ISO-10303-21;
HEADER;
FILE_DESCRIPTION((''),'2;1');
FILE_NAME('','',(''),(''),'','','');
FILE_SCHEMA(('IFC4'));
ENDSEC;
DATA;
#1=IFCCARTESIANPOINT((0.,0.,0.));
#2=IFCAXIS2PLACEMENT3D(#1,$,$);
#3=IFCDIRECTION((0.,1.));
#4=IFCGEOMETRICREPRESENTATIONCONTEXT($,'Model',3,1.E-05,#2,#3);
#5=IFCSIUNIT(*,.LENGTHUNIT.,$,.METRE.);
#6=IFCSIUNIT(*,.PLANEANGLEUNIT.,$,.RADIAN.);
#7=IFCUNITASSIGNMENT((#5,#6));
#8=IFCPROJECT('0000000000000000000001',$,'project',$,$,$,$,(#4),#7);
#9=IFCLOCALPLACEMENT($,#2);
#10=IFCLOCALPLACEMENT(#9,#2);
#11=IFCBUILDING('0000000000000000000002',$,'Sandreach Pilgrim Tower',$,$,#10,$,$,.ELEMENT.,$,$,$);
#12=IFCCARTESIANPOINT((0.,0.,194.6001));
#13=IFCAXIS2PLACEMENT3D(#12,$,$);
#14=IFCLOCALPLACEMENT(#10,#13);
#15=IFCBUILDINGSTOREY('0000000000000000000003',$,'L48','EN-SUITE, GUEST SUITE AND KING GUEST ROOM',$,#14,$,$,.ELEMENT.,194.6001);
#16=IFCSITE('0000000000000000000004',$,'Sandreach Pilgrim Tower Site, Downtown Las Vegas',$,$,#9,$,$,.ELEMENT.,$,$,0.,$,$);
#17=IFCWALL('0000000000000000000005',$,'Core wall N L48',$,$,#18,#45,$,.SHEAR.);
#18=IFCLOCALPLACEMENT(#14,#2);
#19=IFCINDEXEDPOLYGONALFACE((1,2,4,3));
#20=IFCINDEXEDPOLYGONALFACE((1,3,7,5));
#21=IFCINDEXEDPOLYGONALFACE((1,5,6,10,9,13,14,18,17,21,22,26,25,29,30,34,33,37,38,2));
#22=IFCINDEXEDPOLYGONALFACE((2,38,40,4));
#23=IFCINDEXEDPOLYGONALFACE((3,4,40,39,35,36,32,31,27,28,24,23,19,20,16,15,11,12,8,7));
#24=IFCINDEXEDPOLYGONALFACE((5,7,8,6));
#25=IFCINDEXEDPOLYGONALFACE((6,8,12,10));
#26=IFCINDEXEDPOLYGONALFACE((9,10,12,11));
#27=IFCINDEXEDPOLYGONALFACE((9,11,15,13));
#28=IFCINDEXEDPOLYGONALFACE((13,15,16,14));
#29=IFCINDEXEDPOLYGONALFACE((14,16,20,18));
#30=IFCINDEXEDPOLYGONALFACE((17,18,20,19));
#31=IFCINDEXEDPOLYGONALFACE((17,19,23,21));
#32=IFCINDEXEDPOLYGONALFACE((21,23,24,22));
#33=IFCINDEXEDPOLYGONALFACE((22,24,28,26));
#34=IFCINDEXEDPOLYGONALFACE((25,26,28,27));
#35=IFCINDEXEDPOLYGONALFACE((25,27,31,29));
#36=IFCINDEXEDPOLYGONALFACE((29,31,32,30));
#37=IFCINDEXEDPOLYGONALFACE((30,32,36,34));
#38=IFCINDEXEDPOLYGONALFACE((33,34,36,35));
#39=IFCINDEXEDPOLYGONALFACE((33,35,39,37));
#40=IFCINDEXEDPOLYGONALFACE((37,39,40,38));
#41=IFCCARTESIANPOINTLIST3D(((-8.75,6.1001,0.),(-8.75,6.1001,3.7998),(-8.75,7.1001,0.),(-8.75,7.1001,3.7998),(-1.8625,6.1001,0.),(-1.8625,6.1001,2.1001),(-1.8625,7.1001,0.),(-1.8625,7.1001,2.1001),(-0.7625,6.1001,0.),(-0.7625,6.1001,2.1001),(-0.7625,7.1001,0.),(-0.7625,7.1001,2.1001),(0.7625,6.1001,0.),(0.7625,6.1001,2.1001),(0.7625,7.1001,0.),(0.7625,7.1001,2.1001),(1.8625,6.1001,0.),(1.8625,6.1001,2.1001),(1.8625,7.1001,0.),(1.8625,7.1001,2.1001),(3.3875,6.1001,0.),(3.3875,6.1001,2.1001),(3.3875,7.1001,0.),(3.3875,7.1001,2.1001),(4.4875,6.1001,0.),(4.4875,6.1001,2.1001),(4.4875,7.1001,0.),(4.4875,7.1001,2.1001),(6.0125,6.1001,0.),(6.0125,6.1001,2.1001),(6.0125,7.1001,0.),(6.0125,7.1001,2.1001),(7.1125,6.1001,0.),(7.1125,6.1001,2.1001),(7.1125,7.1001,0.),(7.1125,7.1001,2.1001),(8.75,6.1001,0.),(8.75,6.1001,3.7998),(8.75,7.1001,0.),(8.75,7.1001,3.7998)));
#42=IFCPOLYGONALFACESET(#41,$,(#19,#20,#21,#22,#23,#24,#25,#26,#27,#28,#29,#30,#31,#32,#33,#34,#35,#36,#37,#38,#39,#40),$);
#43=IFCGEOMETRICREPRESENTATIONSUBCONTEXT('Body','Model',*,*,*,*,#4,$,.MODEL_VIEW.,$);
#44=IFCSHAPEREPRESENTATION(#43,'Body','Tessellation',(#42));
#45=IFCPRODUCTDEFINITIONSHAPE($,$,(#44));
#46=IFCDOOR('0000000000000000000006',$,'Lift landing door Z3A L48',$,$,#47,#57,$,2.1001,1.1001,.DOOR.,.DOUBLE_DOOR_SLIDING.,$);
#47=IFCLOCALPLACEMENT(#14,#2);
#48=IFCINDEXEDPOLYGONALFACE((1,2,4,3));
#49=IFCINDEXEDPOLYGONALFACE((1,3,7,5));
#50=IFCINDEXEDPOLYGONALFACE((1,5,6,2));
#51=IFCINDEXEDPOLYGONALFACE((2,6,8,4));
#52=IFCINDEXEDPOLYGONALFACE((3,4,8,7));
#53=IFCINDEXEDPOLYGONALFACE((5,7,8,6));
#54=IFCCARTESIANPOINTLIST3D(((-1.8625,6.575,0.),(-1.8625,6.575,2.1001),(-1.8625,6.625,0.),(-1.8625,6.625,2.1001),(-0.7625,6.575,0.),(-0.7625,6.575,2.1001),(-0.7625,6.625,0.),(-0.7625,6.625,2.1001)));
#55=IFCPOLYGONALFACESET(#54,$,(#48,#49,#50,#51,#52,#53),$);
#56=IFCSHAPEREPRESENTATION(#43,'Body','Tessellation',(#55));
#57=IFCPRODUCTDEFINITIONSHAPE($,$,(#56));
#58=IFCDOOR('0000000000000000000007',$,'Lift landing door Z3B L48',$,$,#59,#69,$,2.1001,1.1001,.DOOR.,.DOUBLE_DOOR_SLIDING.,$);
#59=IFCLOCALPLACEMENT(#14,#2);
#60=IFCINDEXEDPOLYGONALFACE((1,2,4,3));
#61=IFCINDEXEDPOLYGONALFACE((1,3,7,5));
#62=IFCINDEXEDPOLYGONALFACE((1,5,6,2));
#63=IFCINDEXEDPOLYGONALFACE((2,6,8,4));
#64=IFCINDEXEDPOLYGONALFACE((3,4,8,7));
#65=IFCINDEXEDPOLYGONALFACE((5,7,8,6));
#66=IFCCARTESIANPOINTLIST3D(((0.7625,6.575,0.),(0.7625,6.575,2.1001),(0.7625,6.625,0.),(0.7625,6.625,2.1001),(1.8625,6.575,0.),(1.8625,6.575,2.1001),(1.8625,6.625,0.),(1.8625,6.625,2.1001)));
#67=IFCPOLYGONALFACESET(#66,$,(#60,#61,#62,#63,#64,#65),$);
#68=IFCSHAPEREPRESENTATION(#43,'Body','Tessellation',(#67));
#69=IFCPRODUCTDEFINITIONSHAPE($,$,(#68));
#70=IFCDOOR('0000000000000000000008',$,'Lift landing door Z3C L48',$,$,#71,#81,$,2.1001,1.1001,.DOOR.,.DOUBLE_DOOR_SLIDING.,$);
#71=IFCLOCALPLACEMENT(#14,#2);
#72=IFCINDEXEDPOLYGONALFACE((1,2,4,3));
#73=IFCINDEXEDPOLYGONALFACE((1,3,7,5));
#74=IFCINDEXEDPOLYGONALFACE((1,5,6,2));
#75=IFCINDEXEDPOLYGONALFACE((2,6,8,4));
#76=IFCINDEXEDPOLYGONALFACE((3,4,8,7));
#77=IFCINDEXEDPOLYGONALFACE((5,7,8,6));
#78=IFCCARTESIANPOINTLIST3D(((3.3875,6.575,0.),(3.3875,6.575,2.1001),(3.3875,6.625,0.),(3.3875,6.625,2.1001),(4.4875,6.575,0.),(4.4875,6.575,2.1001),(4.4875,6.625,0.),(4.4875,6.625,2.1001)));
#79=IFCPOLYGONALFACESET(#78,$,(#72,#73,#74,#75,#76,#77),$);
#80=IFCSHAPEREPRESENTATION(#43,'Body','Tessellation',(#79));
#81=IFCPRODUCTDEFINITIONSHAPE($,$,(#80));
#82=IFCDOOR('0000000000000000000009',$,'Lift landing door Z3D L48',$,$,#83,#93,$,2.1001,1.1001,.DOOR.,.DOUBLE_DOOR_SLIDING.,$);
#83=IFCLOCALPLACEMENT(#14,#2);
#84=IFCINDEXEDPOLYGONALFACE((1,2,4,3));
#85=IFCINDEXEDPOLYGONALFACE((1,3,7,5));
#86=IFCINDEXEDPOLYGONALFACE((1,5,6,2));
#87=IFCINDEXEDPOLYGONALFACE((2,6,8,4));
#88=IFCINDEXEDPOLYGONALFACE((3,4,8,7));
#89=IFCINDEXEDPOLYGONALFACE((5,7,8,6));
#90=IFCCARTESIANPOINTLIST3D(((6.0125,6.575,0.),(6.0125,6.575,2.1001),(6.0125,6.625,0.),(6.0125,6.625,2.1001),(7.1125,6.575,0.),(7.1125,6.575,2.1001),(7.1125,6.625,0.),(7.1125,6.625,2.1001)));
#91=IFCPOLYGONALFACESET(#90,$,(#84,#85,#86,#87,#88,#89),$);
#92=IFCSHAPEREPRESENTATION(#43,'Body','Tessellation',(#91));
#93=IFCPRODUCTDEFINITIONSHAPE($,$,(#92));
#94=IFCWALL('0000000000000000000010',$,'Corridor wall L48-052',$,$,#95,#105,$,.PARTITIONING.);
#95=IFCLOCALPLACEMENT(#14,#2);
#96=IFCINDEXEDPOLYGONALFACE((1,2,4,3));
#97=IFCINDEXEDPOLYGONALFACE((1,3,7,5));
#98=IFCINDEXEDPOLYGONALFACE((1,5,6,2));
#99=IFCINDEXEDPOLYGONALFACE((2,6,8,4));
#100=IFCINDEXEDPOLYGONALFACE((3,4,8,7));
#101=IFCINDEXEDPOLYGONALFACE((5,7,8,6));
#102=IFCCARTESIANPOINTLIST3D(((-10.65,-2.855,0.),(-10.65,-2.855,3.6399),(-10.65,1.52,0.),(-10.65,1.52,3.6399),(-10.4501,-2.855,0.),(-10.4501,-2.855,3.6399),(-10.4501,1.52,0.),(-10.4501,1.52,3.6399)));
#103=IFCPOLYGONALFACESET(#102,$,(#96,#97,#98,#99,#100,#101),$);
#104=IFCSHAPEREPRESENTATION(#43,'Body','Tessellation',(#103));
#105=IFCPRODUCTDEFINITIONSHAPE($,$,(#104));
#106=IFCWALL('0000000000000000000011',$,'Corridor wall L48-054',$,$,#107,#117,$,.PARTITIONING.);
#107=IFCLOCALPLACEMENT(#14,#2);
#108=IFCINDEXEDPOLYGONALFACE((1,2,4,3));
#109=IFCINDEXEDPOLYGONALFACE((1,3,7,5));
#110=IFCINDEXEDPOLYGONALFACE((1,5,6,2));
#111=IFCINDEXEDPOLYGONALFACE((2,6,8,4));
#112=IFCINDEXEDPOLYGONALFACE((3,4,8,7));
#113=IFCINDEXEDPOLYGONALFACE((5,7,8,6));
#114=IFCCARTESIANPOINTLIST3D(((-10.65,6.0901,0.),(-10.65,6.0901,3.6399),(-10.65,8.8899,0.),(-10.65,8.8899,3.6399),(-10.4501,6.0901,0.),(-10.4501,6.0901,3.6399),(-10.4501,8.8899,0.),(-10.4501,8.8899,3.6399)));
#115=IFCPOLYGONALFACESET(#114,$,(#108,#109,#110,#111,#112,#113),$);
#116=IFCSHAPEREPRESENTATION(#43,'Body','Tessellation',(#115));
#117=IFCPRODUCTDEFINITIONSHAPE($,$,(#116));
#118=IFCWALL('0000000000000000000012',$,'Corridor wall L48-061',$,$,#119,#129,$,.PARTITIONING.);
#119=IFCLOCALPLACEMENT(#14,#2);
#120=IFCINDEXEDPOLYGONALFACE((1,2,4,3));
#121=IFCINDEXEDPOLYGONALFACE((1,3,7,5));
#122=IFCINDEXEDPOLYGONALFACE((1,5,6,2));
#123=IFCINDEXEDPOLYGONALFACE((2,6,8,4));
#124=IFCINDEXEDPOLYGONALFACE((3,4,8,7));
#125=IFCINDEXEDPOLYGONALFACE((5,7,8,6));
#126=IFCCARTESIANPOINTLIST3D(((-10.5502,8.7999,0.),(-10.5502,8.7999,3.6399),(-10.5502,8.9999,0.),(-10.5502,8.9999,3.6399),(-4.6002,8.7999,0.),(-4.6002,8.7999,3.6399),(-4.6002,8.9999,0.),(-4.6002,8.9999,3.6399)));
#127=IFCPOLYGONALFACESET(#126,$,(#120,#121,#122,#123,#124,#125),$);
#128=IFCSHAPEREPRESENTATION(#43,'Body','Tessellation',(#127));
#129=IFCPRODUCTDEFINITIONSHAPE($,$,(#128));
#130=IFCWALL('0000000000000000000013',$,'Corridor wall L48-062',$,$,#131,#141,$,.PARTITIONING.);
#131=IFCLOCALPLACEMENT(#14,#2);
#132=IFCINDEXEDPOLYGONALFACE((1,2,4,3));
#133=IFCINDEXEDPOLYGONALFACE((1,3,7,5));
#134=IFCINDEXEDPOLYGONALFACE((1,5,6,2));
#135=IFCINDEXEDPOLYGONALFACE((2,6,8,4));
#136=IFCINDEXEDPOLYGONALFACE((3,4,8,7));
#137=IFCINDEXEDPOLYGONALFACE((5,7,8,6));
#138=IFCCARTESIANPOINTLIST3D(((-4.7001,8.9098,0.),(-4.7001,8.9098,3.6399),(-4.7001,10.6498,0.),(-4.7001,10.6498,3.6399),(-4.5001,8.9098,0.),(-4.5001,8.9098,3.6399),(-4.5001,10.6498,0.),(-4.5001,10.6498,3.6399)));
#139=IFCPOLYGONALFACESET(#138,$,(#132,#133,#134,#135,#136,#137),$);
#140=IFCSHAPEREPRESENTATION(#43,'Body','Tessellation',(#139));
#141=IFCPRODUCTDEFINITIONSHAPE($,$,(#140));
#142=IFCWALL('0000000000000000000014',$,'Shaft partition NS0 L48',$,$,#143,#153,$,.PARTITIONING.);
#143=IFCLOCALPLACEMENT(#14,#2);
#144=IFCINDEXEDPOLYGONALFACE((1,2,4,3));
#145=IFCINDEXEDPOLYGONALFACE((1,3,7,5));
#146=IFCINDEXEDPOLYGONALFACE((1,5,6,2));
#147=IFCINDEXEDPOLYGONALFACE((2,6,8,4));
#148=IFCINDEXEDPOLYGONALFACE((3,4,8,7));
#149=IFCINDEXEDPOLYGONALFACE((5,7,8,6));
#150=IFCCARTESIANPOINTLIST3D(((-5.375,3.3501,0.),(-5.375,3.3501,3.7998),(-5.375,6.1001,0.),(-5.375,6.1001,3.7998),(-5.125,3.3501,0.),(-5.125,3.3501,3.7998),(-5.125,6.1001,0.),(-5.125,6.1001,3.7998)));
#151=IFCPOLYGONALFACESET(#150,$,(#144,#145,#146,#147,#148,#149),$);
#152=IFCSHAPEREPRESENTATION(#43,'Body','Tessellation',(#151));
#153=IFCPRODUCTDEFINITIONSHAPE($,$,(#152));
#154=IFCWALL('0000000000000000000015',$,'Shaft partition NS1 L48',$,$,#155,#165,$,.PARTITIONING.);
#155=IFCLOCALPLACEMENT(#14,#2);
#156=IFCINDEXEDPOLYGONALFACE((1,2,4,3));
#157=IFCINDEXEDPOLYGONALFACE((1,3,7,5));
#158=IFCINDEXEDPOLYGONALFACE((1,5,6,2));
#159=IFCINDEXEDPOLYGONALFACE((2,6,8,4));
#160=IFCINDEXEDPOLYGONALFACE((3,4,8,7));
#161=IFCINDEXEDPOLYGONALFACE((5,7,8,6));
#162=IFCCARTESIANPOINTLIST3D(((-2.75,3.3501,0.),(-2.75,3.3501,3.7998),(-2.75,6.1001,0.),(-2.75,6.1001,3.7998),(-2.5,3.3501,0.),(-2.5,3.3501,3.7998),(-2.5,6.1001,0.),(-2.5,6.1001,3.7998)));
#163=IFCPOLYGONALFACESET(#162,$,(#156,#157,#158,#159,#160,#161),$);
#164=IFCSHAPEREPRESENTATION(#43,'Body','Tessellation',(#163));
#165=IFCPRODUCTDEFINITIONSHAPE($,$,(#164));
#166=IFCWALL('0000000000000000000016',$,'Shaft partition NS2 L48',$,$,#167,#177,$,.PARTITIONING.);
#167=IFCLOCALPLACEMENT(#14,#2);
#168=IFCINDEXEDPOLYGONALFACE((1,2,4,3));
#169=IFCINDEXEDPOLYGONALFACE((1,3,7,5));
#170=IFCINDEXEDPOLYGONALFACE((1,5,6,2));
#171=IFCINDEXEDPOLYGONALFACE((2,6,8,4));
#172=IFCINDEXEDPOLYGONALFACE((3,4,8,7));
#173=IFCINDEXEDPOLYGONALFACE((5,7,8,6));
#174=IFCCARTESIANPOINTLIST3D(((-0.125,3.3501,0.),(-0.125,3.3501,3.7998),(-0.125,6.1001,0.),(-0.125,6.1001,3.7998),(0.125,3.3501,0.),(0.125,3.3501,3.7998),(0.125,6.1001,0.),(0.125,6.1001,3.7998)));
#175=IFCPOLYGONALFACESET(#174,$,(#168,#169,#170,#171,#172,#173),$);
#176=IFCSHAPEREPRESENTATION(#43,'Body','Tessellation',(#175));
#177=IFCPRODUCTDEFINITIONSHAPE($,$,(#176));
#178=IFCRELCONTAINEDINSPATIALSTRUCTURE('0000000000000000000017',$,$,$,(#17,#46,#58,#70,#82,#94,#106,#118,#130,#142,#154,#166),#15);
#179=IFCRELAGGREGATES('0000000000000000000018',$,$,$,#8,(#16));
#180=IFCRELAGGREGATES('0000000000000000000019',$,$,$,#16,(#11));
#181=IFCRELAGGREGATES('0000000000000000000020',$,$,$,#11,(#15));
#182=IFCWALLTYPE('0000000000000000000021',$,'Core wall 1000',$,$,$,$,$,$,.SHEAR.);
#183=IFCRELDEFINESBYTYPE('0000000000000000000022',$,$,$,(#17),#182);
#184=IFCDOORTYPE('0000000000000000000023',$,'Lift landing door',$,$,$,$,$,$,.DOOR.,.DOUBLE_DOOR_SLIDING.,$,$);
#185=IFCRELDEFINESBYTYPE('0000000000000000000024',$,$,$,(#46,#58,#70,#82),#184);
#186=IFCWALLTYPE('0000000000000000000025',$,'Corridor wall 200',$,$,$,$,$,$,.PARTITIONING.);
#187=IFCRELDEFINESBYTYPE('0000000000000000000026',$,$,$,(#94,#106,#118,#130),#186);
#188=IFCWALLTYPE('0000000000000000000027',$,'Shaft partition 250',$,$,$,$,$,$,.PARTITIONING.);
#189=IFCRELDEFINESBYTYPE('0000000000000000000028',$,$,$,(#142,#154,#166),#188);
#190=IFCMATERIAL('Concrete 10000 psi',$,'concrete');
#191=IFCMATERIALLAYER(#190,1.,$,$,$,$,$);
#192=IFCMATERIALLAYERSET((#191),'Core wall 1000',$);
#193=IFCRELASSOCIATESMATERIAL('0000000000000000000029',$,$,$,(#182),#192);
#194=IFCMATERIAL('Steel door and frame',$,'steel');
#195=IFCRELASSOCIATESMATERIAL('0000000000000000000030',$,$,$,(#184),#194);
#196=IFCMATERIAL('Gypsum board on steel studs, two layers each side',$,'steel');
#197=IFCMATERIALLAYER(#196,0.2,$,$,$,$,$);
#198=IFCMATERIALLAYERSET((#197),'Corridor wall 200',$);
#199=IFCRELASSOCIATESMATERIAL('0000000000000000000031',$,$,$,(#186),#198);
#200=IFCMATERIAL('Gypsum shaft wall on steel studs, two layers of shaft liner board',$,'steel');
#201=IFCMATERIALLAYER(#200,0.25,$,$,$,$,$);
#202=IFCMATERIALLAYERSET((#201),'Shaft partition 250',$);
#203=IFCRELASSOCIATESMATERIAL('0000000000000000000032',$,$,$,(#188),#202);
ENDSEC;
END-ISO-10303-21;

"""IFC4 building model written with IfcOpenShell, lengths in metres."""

from ifc_helpers import new_model, si_unit, direction, frame, frame_2d, origin, place, context, subcontext, project, spatial, rectangle, extrude, material, layer, layer_set, type_object, element, fill, save


model = new_model("IFC4")

# Units and contexts
model_context = context("Model", 3, precision=1e-05, world=origin(), true_north=direction((0.0, 1.0)))
body_context = subcontext(model_context, "Body", "Model", "MODEL_VIEW")
ifc_project = project(units=[si_unit("LENGTHUNIT", "METRE"), si_unit("PLANEANGLEUNIT", "RADIAN")], contexts=[model_context])

# Site, building, storey
site_placement = place(None, origin())
site = spatial("IfcSite", under=ifc_project, at=site_placement, Name="Sandreach Pilgrim Tower Site, Downtown Las Vegas", CompositionType="ELEMENT", RefElevation=0.0)
building_placement = place(site_placement, origin())
building = spatial("IfcBuilding", under=site, at=building_placement, Name="Sandreach Pilgrim Tower", CompositionType="ELEMENT")
storey_placement = place(building_placement, frame((0.0, 0.0, 194.6001)))
storey = spatial("IfcBuildingStorey", under=building, at=storey_placement, Name="L48", Description="EN-SUITE, GUEST SUITE AND KING GUEST ROOM", CompositionType="ELEMENT", Elevation=194.6001)

# Wall, openings, doors
ifc_material_1 = material(Name="Concrete 10000 psi", Category="concrete")
ifc_layer_1 = layer(ifc_material_1, 1.0)
ifc_layer_set_1 = layer_set([ifc_layer_1], Name="Core wall 1000")
wall_type_1 = type_object("IfcWallType", Name="Core wall 1000", PredefinedType="SHEAR", material=ifc_layer_set_1)
wall_1_placement = place(storey_placement, frame((-8.75, 6.6001, 0.0), z_axis=(0.0, 0.0, 1.0), x_axis=(1.0, 0.0, 0.0)))
wall_1 = element("IfcWall", 1, at=wall_1_placement, inside=storey, type_object=wall_type_1, Name="Core wall N L48", PredefinedType="SHEAR", context=body_context, shape_type="SweptSolid", body=[
    extrude(rectangle(XDim=17.5, YDim=1.0, at=frame_2d((8.75, 0.0))), origin(), (0.0, 0.0, 1.0), 3.7998),
])
opening_1_placement = place(wall_1_placement, frame((6.8875, 0.0, 0.0)))
opening_1 = element("IfcOpeningElement", 2, at=opening_1_placement, cuts=wall_1, PredefinedType="OPENING", context=body_context, shape_type="SweptSolid", body=[
    extrude(rectangle(XDim=1.1001, YDim=2.1001, at=frame_2d((0.55, 1.05))), frame((0.0, 0.5, 0.0), z_axis=(0.0, -1.0, 0.0), x_axis=(1.0, 0.0, 0.0)), (0.0, 0.0, 1.0), 1.0),
])
opening_2_placement = place(wall_1_placement, frame((9.5125, 0.0, 0.0)))
opening_2 = element("IfcOpeningElement", 3, at=opening_2_placement, cuts=wall_1, PredefinedType="OPENING", context=body_context, shape_type="SweptSolid", body=[
    extrude(rectangle(XDim=1.1001, YDim=2.1001, at=frame_2d((0.55, 1.05))), frame((0.0, 0.5, 0.0), z_axis=(0.0, -1.0, 0.0), x_axis=(1.0, 0.0, 0.0)), (0.0, 0.0, 1.0), 1.0),
])
opening_3_placement = place(wall_1_placement, frame((12.1375, 0.0, 0.0)))
opening_3 = element("IfcOpeningElement", 4, at=opening_3_placement, cuts=wall_1, PredefinedType="OPENING", context=body_context, shape_type="SweptSolid", body=[
    extrude(rectangle(XDim=1.1001, YDim=2.1001, at=frame_2d((0.55, 1.05))), frame((0.0, 0.5, 0.0), z_axis=(0.0, -1.0, 0.0), x_axis=(1.0, 0.0, 0.0)), (0.0, 0.0, 1.0), 1.0),
])
opening_4_placement = place(wall_1_placement, frame((14.7625, 0.0, 0.0)))
opening_4 = element("IfcOpeningElement", 5, at=opening_4_placement, cuts=wall_1, PredefinedType="OPENING", context=body_context, shape_type="SweptSolid", body=[
    extrude(rectangle(XDim=1.1001, YDim=2.1001, at=frame_2d((0.55, 1.05))), frame((0.0, 0.5, 0.0), z_axis=(0.0, -1.0, 0.0), x_axis=(1.0, 0.0, 0.0)), (0.0, 0.0, 1.0), 1.0),
])
ifc_material_2 = material(Name="Steel door and frame", Category="steel")
door_type_1 = type_object("IfcDoorType", Name="Lift landing door", OperationType="DOUBLE_DOOR_SLIDING", PredefinedType="DOOR", material=ifc_material_2)
door_1_placement = place(opening_1_placement, origin())
door_1 = element("IfcDoor", 6, at=door_1_placement, inside=storey, type_object=door_type_1, Name="Lift landing door Z3A L48", OperationType="DOUBLE_DOOR_SLIDING", OverallHeight=2.1001, OverallWidth=1.1001, PredefinedType="DOOR", context=body_context, shape_type="SweptSolid", body=[
    extrude(rectangle(XDim=1.1001, YDim=2.1001, at=frame_2d((0.55, 1.05))), frame((0.0, 0.0249, 0.0), z_axis=(0.0, -1.0, 0.0), x_axis=(1.0, 0.0, 0.0)), (0.0, 0.0, 1.0), 0.05),
])
fill(opening_1, door_1)
door_2_placement = place(opening_2_placement, origin())
door_2 = element("IfcDoor", 7, at=door_2_placement, inside=storey, type_object=door_type_1, Name="Lift landing door Z3B L48", OperationType="DOUBLE_DOOR_SLIDING", OverallHeight=2.1001, OverallWidth=1.1001, PredefinedType="DOOR", context=body_context, shape_type="SweptSolid", body=[
    extrude(rectangle(XDim=1.1001, YDim=2.1001, at=frame_2d((0.55, 1.05))), frame((0.0, 0.0249, 0.0), z_axis=(0.0, -1.0, 0.0), x_axis=(1.0, 0.0, 0.0)), (0.0, 0.0, 1.0), 0.05),
])
fill(opening_2, door_2)
door_3_placement = place(opening_3_placement, origin())
door_3 = element("IfcDoor", 8, at=door_3_placement, inside=storey, type_object=door_type_1, Name="Lift landing door Z3C L48", OperationType="DOUBLE_DOOR_SLIDING", OverallHeight=2.1001, OverallWidth=1.1001, PredefinedType="DOOR", context=body_context, shape_type="SweptSolid", body=[
    extrude(rectangle(XDim=1.1001, YDim=2.1001, at=frame_2d((0.55, 1.05))), frame((0.0, 0.0249, 0.0), z_axis=(0.0, -1.0, 0.0), x_axis=(1.0, 0.0, 0.0)), (0.0, 0.0, 1.0), 0.05),
])
fill(opening_3, door_3)
door_4_placement = place(opening_4_placement, origin())
door_4 = element("IfcDoor", 9, at=door_4_placement, inside=storey, type_object=door_type_1, Name="Lift landing door Z3D L48", OperationType="DOUBLE_DOOR_SLIDING", OverallHeight=2.1001, OverallWidth=1.1001, PredefinedType="DOOR", context=body_context, shape_type="SweptSolid", body=[
    extrude(rectangle(XDim=1.1001, YDim=2.1001, at=frame_2d((0.55, 1.05))), frame((0.0, 0.0249, 0.0), z_axis=(0.0, -1.0, 0.0), x_axis=(1.0, 0.0, 0.0)), (0.0, 0.0, 1.0), 0.05),
])
fill(opening_4, door_4)

# Wall
ifc_material_3 = material(Name="Gypsum board on steel studs, two layers each side", Category="steel")
ifc_layer_2 = layer(ifc_material_3, 0.2)
ifc_layer_set_2 = layer_set([ifc_layer_2], Name="Corridor wall 200")
wall_type_2 = type_object("IfcWallType", Name="Corridor wall 200", PredefinedType="PARTITIONING", material=ifc_layer_set_2)
wall_2_placement = place(storey_placement, frame((-10.55, 1.52, 0.0), z_axis=(0.0, 0.0, 1.0), x_axis=(0.0, -1.0, 0.0)))
element("IfcWall", 10, at=wall_2_placement, inside=storey, type_object=wall_type_2, Name="Corridor wall L48-052", PredefinedType="PARTITIONING", context=body_context, shape_type="SweptSolid", body=[
    extrude(rectangle(XDim=4.375, YDim=0.2, at=frame_2d((2.1875, 0.0))), origin(), (0.0, 0.0, 1.0), 3.6399),
])

# Walls
wall_3_placement = place(storey_placement, frame((-10.55, 8.8899, 0.0), z_axis=(0.0, 0.0, 1.0), x_axis=(0.0, -1.0, 0.0)))
element("IfcWall", 11, at=wall_3_placement, inside=storey, type_object=wall_type_2, Name="Corridor wall L48-054", PredefinedType="PARTITIONING", context=body_context, shape_type="SweptSolid", body=[
    extrude(rectangle(XDim=2.7998, YDim=0.2, at=frame_2d((1.3999, 0.0))), origin(), (0.0, 0.0, 1.0), 3.6399),
])
wall_4_placement = place(storey_placement, frame((-4.6001, 8.8999, 0.0), z_axis=(0.0, 0.0, 1.0), x_axis=(-1.0, 0.0, 0.0)))
element("IfcWall", 12, at=wall_4_placement, inside=storey, type_object=wall_type_2, Name="Corridor wall L48-061", PredefinedType="PARTITIONING", context=body_context, shape_type="SweptSolid", body=[
    extrude(rectangle(XDim=5.95, YDim=0.2, at=frame_2d((2.9751, 0.0))), origin(), (0.0, 0.0, 1.0), 3.6399),
])
wall_5_placement = place(storey_placement, frame((-4.6001, 10.6499, 0.0), z_axis=(0.0, 0.0, 1.0), x_axis=(0.0, -1.0, 0.0)))
element("IfcWall", 13, at=wall_5_placement, inside=storey, type_object=wall_type_2, Name="Corridor wall L48-062", PredefinedType="PARTITIONING", context=body_context, shape_type="SweptSolid", body=[
    extrude(rectangle(XDim=1.74, YDim=0.2, at=frame_2d((0.8701, 0.0))), origin(), (0.0, 0.0, 1.0), 3.6399),
])

# Walls
ifc_material_4 = material(Name="Gypsum shaft wall on steel studs, two layers of shaft liner board", Category="steel")
ifc_layer_3 = layer(ifc_material_4, 0.25)
ifc_layer_set_3 = layer_set([ifc_layer_3], Name="Shaft partition 250")
wall_type_3 = type_object("IfcWallType", Name="Shaft partition 250", PredefinedType="PARTITIONING", material=ifc_layer_set_3)
for number, where, z_axis, x_axis, name in (
    (14, (-5.25, 3.3501, 0.0), (0.0, 0.0, 1.0), (0.0, 1.0, 0.0), "Shaft partition NS0 L48"),
    (15, (-2.625, 3.3501, 0.0), (0.0, 0.0, 1.0), (0.0, 1.0, 0.0), "Shaft partition NS1 L48"),
    (16, (0.0, 3.3501, 0.0), (0.0, 0.0, 1.0), (0.0, 1.0, 0.0), "Shaft partition NS2 L48"),
):
    element("IfcWall", number, at=place(storey_placement, frame(where, z_axis=z_axis, x_axis=x_axis)), inside=storey, type_object=wall_type_3, Name=name, PredefinedType="PARTITIONING", context=body_context, shape_type="SweptSolid", body=[
        extrude(rectangle(XDim=2.75, YDim=0.25, at=frame_2d((1.375, 0.0))), origin(), (0.0, 0.0, 1.0), 3.7998),
    ])

save(model, "model.ifc")
